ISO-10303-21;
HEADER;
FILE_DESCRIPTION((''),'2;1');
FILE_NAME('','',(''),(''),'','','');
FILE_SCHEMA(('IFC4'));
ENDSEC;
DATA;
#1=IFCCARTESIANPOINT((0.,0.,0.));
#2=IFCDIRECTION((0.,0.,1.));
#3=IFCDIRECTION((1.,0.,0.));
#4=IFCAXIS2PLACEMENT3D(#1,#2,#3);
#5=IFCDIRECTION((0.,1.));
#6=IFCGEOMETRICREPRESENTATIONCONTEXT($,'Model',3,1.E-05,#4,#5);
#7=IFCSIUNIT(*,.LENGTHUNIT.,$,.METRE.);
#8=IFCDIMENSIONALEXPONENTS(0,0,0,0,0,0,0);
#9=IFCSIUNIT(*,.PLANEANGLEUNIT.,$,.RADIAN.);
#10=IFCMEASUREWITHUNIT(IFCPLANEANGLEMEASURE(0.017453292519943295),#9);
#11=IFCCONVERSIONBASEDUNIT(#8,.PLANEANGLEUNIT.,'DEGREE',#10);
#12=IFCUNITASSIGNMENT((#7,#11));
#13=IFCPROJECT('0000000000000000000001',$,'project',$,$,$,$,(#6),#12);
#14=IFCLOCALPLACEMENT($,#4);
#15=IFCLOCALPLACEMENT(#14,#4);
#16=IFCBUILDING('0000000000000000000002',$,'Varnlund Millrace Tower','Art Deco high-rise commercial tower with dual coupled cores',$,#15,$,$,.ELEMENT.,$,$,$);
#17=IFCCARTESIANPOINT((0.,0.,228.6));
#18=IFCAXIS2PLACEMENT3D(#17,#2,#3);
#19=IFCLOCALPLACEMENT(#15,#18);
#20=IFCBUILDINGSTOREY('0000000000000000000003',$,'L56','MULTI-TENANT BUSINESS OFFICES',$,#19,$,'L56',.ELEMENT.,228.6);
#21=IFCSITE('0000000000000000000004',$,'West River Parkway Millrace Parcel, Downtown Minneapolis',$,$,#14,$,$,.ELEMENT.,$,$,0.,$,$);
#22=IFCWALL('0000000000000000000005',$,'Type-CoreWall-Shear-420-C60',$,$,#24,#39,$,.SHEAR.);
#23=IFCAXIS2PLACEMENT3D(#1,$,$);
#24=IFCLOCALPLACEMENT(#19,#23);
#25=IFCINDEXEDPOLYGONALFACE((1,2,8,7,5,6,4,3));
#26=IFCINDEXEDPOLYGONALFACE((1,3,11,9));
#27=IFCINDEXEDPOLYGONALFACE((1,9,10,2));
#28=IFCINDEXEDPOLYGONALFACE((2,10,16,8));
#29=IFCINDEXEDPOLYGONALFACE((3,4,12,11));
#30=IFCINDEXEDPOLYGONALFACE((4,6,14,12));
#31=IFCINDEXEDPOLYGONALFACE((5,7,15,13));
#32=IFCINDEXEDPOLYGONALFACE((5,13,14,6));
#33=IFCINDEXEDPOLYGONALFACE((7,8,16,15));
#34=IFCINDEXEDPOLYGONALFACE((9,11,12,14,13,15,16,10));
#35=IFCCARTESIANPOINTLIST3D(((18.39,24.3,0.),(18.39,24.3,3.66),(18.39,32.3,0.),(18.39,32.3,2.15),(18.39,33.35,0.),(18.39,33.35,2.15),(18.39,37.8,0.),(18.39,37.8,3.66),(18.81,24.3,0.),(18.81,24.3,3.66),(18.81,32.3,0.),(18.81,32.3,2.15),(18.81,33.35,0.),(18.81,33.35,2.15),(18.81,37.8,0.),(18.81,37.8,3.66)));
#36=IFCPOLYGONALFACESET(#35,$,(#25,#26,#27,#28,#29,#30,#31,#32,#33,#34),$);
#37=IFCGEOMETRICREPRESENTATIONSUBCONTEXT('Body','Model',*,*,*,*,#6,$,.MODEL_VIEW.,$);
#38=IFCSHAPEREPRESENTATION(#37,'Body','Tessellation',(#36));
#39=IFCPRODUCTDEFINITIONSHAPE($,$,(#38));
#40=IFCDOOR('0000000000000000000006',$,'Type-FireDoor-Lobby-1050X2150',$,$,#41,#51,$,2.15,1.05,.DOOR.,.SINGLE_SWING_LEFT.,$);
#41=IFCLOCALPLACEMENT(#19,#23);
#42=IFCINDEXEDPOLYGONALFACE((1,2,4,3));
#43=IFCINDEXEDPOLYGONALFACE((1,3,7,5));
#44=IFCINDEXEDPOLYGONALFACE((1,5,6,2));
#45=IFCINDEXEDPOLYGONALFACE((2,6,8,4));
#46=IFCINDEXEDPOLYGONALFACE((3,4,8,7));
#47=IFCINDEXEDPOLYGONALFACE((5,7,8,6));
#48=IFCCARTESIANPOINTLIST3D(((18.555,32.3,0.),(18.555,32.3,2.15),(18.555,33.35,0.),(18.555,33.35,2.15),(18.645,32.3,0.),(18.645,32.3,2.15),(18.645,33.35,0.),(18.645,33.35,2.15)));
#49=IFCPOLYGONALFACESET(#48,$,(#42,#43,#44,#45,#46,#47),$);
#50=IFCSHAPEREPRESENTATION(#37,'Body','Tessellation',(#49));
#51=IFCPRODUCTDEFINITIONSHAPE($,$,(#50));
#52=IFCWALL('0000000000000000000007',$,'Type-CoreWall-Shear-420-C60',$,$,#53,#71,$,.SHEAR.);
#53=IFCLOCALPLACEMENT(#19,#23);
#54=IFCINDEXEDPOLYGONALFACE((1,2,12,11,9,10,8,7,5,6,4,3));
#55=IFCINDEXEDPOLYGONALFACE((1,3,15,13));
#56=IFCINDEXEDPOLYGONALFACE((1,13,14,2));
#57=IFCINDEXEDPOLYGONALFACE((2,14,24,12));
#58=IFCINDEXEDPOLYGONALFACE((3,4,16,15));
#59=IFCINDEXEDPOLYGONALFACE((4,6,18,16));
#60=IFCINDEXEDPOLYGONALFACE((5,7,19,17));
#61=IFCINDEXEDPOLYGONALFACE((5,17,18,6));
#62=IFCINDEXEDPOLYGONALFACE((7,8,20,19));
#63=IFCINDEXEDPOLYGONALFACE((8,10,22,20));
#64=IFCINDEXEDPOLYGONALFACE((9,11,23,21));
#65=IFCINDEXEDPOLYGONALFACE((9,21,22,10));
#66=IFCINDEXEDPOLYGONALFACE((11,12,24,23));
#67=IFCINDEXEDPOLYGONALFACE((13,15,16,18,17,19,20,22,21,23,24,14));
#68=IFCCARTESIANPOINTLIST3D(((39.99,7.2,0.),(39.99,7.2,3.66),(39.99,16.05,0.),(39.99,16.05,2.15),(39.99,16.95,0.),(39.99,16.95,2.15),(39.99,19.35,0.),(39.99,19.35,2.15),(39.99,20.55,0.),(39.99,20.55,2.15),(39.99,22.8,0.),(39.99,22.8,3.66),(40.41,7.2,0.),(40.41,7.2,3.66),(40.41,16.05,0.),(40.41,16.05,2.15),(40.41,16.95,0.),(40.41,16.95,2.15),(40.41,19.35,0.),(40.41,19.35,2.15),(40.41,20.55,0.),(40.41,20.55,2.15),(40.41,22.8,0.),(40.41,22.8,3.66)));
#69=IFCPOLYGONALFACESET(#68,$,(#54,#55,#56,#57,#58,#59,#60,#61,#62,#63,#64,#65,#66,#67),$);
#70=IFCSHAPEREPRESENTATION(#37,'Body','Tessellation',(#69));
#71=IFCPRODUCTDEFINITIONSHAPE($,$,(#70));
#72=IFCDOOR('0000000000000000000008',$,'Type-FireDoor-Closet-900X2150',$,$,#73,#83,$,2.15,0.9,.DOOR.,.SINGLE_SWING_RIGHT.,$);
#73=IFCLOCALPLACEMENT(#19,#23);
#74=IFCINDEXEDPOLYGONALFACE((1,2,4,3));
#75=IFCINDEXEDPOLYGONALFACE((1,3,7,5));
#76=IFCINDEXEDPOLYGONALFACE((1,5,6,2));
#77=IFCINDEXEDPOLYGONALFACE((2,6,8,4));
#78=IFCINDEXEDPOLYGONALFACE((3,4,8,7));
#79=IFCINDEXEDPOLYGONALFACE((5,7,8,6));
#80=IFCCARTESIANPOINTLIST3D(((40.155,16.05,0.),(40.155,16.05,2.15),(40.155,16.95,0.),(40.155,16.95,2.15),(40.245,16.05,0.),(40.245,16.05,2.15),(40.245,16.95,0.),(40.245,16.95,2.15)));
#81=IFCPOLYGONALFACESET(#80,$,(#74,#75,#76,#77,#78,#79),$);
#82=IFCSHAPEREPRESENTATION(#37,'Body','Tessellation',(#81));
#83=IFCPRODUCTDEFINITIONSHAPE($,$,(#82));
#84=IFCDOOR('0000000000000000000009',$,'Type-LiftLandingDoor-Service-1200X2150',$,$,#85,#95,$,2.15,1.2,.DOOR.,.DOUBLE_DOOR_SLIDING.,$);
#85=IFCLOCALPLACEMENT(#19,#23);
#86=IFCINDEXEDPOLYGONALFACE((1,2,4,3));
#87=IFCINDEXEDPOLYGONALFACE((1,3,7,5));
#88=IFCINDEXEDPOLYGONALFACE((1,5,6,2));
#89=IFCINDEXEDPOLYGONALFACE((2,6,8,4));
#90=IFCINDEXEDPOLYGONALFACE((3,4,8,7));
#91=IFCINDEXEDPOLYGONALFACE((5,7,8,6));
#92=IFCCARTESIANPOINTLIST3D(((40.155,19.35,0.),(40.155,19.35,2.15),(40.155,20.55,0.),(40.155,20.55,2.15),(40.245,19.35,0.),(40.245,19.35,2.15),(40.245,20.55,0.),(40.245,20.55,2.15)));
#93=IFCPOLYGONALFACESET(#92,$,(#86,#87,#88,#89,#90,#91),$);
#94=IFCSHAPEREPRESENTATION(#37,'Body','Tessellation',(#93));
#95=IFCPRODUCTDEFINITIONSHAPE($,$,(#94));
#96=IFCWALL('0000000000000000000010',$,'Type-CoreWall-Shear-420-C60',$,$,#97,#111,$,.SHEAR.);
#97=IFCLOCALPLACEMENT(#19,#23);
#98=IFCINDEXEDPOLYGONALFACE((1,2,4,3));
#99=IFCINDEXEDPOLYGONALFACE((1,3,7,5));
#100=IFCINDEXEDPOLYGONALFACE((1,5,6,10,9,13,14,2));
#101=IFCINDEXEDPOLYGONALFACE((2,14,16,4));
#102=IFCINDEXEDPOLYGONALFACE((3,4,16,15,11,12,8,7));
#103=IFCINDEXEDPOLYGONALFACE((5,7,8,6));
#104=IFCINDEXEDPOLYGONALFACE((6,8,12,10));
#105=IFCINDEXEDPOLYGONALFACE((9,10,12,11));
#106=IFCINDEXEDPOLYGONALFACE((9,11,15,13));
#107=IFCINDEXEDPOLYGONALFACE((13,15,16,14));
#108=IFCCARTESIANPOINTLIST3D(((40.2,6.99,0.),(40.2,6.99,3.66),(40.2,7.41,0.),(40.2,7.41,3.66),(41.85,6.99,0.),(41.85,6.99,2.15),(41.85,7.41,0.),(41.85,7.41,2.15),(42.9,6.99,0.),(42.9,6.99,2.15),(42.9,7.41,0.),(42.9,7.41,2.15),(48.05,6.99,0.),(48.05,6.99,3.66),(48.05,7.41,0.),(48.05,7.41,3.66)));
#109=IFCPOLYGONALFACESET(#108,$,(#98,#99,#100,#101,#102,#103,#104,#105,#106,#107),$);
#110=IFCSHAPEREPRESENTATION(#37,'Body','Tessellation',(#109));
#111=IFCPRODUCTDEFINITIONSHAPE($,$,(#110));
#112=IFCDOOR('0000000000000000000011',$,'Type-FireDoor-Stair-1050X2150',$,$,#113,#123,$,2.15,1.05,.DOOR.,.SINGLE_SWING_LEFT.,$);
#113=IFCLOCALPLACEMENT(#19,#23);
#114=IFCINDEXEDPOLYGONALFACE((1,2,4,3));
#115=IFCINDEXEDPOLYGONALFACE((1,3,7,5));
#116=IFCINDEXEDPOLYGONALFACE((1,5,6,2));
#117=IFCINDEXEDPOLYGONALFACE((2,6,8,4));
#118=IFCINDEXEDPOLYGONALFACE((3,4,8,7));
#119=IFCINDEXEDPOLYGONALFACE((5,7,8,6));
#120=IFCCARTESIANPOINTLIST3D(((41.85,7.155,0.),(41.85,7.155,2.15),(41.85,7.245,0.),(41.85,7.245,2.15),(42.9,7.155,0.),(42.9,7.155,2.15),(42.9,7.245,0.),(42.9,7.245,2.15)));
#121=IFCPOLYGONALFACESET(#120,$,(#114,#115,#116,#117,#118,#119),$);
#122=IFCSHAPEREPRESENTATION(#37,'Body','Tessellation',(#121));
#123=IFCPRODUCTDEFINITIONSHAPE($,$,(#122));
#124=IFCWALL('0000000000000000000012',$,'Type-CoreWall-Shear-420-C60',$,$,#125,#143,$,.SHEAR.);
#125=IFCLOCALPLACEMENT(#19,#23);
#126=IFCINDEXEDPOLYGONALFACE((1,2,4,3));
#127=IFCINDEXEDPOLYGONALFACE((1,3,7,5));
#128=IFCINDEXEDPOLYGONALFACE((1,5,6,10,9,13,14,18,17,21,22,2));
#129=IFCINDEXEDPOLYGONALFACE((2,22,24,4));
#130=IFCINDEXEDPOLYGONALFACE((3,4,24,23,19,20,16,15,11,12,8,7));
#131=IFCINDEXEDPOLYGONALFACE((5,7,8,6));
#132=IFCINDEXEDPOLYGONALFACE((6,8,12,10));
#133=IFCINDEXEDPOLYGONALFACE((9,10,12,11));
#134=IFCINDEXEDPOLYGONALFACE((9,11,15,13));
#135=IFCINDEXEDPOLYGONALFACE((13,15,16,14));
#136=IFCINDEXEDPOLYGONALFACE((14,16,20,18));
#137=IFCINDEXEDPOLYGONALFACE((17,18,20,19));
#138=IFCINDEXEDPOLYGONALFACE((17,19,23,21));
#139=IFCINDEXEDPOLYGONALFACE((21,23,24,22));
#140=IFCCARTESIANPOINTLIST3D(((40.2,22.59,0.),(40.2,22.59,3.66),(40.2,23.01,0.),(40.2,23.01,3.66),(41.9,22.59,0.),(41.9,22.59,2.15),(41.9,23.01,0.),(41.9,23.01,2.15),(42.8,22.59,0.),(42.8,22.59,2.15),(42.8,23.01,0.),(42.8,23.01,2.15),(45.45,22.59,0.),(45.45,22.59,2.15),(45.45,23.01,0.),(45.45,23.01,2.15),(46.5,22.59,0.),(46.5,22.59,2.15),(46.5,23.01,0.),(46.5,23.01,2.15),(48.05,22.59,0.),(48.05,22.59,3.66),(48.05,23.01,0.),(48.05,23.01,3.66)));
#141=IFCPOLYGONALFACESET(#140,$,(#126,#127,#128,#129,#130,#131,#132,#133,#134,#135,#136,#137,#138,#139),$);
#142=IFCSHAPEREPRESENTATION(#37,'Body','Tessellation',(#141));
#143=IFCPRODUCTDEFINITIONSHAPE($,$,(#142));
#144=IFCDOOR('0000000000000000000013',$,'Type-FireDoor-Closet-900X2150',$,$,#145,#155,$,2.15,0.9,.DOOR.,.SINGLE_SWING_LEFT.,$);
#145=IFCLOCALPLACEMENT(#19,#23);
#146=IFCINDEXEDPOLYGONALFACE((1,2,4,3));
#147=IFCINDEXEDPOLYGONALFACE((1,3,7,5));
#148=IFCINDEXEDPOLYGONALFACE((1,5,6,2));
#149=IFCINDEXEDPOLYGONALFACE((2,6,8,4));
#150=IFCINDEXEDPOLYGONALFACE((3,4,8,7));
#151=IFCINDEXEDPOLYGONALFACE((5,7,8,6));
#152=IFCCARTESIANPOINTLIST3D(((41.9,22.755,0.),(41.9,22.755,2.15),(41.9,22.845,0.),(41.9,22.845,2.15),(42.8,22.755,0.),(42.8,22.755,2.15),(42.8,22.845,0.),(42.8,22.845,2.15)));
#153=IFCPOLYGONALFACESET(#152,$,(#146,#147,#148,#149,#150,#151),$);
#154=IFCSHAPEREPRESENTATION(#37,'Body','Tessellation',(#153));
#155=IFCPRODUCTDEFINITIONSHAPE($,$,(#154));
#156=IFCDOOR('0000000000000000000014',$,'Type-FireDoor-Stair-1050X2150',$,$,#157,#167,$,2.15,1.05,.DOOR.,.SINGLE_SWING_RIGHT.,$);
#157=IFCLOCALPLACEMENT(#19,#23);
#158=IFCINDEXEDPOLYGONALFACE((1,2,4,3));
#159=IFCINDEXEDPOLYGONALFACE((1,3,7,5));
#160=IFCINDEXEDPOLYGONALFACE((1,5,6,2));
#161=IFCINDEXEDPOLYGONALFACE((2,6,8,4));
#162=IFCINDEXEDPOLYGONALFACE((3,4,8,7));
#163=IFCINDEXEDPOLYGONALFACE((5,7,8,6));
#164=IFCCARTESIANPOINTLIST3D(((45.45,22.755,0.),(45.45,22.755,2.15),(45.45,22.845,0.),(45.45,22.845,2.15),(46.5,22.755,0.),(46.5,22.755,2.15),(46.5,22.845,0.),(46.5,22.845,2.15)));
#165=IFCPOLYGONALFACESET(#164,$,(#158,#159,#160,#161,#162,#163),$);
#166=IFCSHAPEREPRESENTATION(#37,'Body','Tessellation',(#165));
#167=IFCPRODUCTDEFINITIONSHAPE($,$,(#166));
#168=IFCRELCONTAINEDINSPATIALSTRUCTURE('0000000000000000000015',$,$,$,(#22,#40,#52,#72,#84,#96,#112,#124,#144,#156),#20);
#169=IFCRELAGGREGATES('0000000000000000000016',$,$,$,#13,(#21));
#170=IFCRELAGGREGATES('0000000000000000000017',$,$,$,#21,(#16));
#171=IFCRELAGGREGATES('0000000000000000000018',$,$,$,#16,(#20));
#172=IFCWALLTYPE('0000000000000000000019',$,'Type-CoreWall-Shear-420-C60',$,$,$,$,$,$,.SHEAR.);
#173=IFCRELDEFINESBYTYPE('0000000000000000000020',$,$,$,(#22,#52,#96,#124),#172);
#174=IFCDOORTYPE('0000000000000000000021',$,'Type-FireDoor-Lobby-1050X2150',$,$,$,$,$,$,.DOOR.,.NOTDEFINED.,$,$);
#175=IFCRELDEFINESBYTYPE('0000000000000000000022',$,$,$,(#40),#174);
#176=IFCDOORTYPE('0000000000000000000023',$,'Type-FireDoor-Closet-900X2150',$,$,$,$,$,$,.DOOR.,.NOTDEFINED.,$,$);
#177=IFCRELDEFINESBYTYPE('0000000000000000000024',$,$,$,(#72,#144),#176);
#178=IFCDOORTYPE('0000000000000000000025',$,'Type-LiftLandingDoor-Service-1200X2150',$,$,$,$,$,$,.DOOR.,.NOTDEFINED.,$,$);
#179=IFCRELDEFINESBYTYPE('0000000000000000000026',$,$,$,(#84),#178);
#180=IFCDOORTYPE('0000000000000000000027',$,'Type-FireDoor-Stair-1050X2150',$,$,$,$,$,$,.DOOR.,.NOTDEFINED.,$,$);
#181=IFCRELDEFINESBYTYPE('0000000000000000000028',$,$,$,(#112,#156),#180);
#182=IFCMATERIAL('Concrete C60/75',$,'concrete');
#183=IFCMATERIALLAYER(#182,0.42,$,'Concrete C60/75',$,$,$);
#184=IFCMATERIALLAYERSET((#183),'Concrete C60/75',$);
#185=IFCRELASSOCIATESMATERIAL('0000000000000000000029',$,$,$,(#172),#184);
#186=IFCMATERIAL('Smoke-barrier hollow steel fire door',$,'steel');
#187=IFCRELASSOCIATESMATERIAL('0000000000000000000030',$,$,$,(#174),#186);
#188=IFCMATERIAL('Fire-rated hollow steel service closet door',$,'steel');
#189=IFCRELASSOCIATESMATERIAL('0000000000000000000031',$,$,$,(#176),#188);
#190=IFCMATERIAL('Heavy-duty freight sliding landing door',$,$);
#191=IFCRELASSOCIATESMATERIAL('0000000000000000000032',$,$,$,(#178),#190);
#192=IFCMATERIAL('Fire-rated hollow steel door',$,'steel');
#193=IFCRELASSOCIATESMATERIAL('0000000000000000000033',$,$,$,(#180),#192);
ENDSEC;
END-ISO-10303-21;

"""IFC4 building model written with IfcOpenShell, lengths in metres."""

from ifc_helpers import new_model, entity, si_unit, converted_unit, direction, frame, origin_with_axes, origin_2d_with_axis, place, context, subcontext, project, spatial, polyline, rectangle, outline, extrude, material, layer, layer_set, type_object, element, fill, save


model = new_model("IFC4")

# Units and contexts
model_context = context("Model", 3, precision=1e-05, world=origin_with_axes(), true_north=direction((0.0, 1.0)))
body_context = subcontext(model_context, "Body", "Model", "MODEL_VIEW")
ifc_project = project(units=[si_unit("LENGTHUNIT", "METRE"), converted_unit("PLANEANGLEUNIT", "DEGREE", entity("IfcPlaneAngleMeasure", 0.017453292519943295), si_unit("PLANEANGLEUNIT", "RADIAN"), dimensions=[0, 0, 0, 0, 0, 0, 0])], contexts=[model_context])

# Site, building, storey
site_placement = place(None, origin_with_axes())
site = spatial("IfcSite", under=ifc_project, at=site_placement, Name="West River Parkway Millrace Parcel, Downtown Minneapolis", CompositionType="ELEMENT", RefElevation=0.0)
building_placement = place(site_placement, origin_with_axes())
building = spatial("IfcBuilding", under=site, at=building_placement, Name="Varnlund Millrace Tower", Description="Art Deco high-rise commercial tower with dual coupled cores", CompositionType="ELEMENT")
storey_placement = place(building_placement, frame((0.0, 0.0, 228.6), z_axis=(0.0, 0.0, 1.0), x_axis=(1.0, 0.0, 0.0)))
storey = spatial("IfcBuildingStorey", under=building, at=storey_placement, Name="L56", Description="MULTI-TENANT BUSINESS OFFICES", LongName="L56", CompositionType="ELEMENT", Elevation=228.6)

# Wall, opening, door
ifc_material_1 = material(Name="Concrete C60/75", Category="concrete")
ifc_layer_1 = layer(ifc_material_1, 0.42, Name="Concrete C60/75")
ifc_layer_set_1 = layer_set([ifc_layer_1], Name="Concrete C60/75")
wall_type_1 = type_object("IfcWallType", Name="Type-CoreWall-Shear-420-C60", PredefinedType="SHEAR", material=ifc_layer_set_1)
wall_1_placement = place(storey_placement, frame((18.6, 24.3, 0.0), z_axis=(0.0, 0.0, 1.0), x_axis=(0.0, 1.0, 0.0)))
wall_1 = element("IfcWall", 1, at=wall_1_placement, inside=storey, type_object=wall_type_1, Name="Type-CoreWall-Shear-420-C60", PredefinedType="SHEAR", context=body_context, shape_type="SweptSolid", body=[
    extrude(outline(polyline([(0.0, -0.21), (13.5, -0.21), (13.5, 0.21), (0.0, 0.21), (0.0, -0.21)])), origin_with_axes(), (0.0, 0.0, 1.0), 3.66),
])
opening_1_placement = place(wall_1_placement, frame((8.525, 0.0, 0.0), z_axis=(0.0, 0.0, 1.0), x_axis=(1.0, 0.0, 0.0)))
opening_1 = element("IfcOpeningElement", 2, at=opening_1_placement, cuts=wall_1, PredefinedType="OPENING", context=body_context, shape_type="SweptSolid", body=[
    extrude(rectangle(XDim=1.05, YDim=0.44, at=origin_2d_with_axis()), origin_with_axes(), (0.0, 0.0, 1.0), 2.15),
])
ifc_material_2 = material(Name="Smoke-barrier hollow steel fire door", Category="steel")
door_type_1 = type_object("IfcDoorType", Name="Type-FireDoor-Lobby-1050X2150", OperationType="NOTDEFINED", PredefinedType="DOOR", material=ifc_material_2)
door_1_placement = place(wall_1_placement, frame((8.525, 0.0, 0.0), z_axis=(0.0, 0.0, 1.0), x_axis=(1.0, 0.0, 0.0)))
door_1 = element("IfcDoor", 3, at=door_1_placement, inside=storey, type_object=door_type_1, Name="Type-FireDoor-Lobby-1050X2150", OperationType="SINGLE_SWING_LEFT", OverallHeight=2.15, OverallWidth=1.05, PredefinedType="DOOR", context=body_context, shape_type="SweptSolid", body=[
    extrude(rectangle(XDim=1.05, YDim=0.09, at=origin_2d_with_axis()), origin_with_axes(), (0.0, 0.0, 1.0), 2.15),
])
fill(opening_1, door_1)

# Wall, openings, doors
wall_2_placement = place(storey_placement, frame((40.2, 7.2, 0.0), z_axis=(0.0, 0.0, 1.0), x_axis=(0.0, 1.0, 0.0)))
wall_2 = element("IfcWall", 4, at=wall_2_placement, inside=storey, type_object=wall_type_1, Name="Type-CoreWall-Shear-420-C60", PredefinedType="SHEAR", context=body_context, shape_type="SweptSolid", body=[
    extrude(outline(polyline([(0.0, -0.21), (15.6, -0.21), (15.6, 0.21), (0.0, 0.21), (0.0, -0.21)])), origin_with_axes(), (0.0, 0.0, 1.0), 3.66),
])
opening_2_placement = place(wall_2_placement, frame((12.75, 0.0, 0.0), z_axis=(0.0, 0.0, 1.0), x_axis=(1.0, 0.0, 0.0)))
opening_2 = element("IfcOpeningElement", 5, at=opening_2_placement, cuts=wall_2, PredefinedType="OPENING", context=body_context, shape_type="SweptSolid", body=[
    extrude(rectangle(XDim=1.2, YDim=0.44, at=origin_2d_with_axis()), origin_with_axes(), (0.0, 0.0, 1.0), 2.15),
])
opening_3_placement = place(wall_2_placement, frame((9.3, 0.0, 0.0), z_axis=(0.0, 0.0, 1.0), x_axis=(1.0, 0.0, 0.0)))
opening_3 = element("IfcOpeningElement", 6, at=opening_3_placement, cuts=wall_2, PredefinedType="OPENING", context=body_context, shape_type="SweptSolid", body=[
    extrude(rectangle(XDim=0.9, YDim=0.44, at=origin_2d_with_axis()), origin_with_axes(), (0.0, 0.0, 1.0), 2.15),
])
ifc_material_3 = material(Name="Fire-rated hollow steel service closet door", Category="steel")
door_type_2 = type_object("IfcDoorType", Name="Type-FireDoor-Closet-900X2150", OperationType="NOTDEFINED", PredefinedType="DOOR", material=ifc_material_3)
door_2_placement = place(wall_2_placement, frame((9.3, 0.0, 0.0), z_axis=(0.0, 0.0, 1.0), x_axis=(1.0, 0.0, 0.0)))
door_2 = element("IfcDoor", 7, at=door_2_placement, inside=storey, type_object=door_type_2, Name="Type-FireDoor-Closet-900X2150", OperationType="SINGLE_SWING_RIGHT", OverallHeight=2.15, OverallWidth=0.9, PredefinedType="DOOR", context=body_context, shape_type="SweptSolid", body=[
    extrude(rectangle(XDim=0.9, YDim=0.09, at=origin_2d_with_axis()), origin_with_axes(), (0.0, 0.0, 1.0), 2.15),
])
fill(opening_3, door_2)
ifc_material_4 = material(Name="Heavy-duty freight sliding landing door")
door_type_3 = type_object("IfcDoorType", Name="Type-LiftLandingDoor-Service-1200X2150", OperationType="NOTDEFINED", PredefinedType="DOOR", material=ifc_material_4)
door_3_placement = place(wall_2_placement, frame((12.75, 0.0, 0.0), z_axis=(0.0, 0.0, 1.0), x_axis=(1.0, 0.0, 0.0)))
door_3 = element("IfcDoor", 8, at=door_3_placement, inside=storey, type_object=door_type_3, Name="Type-LiftLandingDoor-Service-1200X2150", OperationType="DOUBLE_DOOR_SLIDING", OverallHeight=2.15, OverallWidth=1.2, PredefinedType="DOOR", context=body_context, shape_type="SweptSolid", body=[
    extrude(rectangle(XDim=1.2, YDim=0.09, at=origin_2d_with_axis()), origin_with_axes(), (0.0, 0.0, 1.0), 2.15),
])
fill(opening_2, door_3)

# Wall, opening, door
wall_3_placement = place(storey_placement, frame((40.2, 7.2, 0.0), z_axis=(0.0, 0.0, 1.0), x_axis=(1.0, 0.0, 0.0)))
wall_3 = element("IfcWall", 9, at=wall_3_placement, inside=storey, type_object=wall_type_1, Name="Type-CoreWall-Shear-420-C60", PredefinedType="SHEAR", context=body_context, shape_type="SweptSolid", body=[
    extrude(outline(polyline([(0.0, -0.21), (7.85, -0.21), (7.85, 0.21), (0.0, 0.21), (0.0, -0.21)])), origin_with_axes(), (0.0, 0.0, 1.0), 3.66),
])
opening_4_placement = place(wall_3_placement, frame((2.175, 0.0, 0.0), z_axis=(0.0, 0.0, 1.0), x_axis=(1.0, 0.0, 0.0)))
opening_4 = element("IfcOpeningElement", 10, at=opening_4_placement, cuts=wall_3, PredefinedType="OPENING", context=body_context, shape_type="SweptSolid", body=[
    extrude(rectangle(XDim=1.05, YDim=0.44, at=origin_2d_with_axis()), origin_with_axes(), (0.0, 0.0, 1.0), 2.15),
])
ifc_material_5 = material(Name="Fire-rated hollow steel door", Category="steel")
door_type_4 = type_object("IfcDoorType", Name="Type-FireDoor-Stair-1050X2150", OperationType="NOTDEFINED", PredefinedType="DOOR", material=ifc_material_5)
door_4_placement = place(wall_3_placement, frame((2.175, 0.0, 0.0), z_axis=(0.0, 0.0, 1.0), x_axis=(1.0, 0.0, 0.0)))
door_4 = element("IfcDoor", 11, at=door_4_placement, inside=storey, type_object=door_type_4, Name="Type-FireDoor-Stair-1050X2150", OperationType="SINGLE_SWING_LEFT", OverallHeight=2.15, OverallWidth=1.05, PredefinedType="DOOR", context=body_context, shape_type="SweptSolid", body=[
    extrude(rectangle(XDim=1.05, YDim=0.09, at=origin_2d_with_axis()), origin_with_axes(), (0.0, 0.0, 1.0), 2.15),
])
fill(opening_4, door_4)

# Wall, openings, doors
wall_4_placement = place(storey_placement, frame((40.2, 22.8, 0.0), z_axis=(0.0, 0.0, 1.0), x_axis=(1.0, 0.0, 0.0)))
wall_4 = element("IfcWall", 12, at=wall_4_placement, inside=storey, type_object=wall_type_1, Name="Type-CoreWall-Shear-420-C60", PredefinedType="SHEAR", context=body_context, shape_type="SweptSolid", body=[
    extrude(outline(polyline([(0.0, -0.21), (7.85, -0.21), (7.85, 0.21), (0.0, 0.21), (0.0, -0.21)])), origin_with_axes(), (0.0, 0.0, 1.0), 3.66),
])
opening_5_placement = place(wall_4_placement, frame((5.775, 0.0, 0.0), z_axis=(0.0, 0.0, 1.0), x_axis=(1.0, 0.0, 0.0)))
opening_5 = element("IfcOpeningElement", 13, at=opening_5_placement, cuts=wall_4, PredefinedType="OPENING", context=body_context, shape_type="SweptSolid", body=[
    extrude(rectangle(XDim=1.05, YDim=0.44, at=origin_2d_with_axis()), origin_with_axes(), (0.0, 0.0, 1.0), 2.15),
])
opening_6_placement = place(wall_4_placement, frame((2.15, 0.0, 0.0), z_axis=(0.0, 0.0, 1.0), x_axis=(1.0, 0.0, 0.0)))
opening_6 = element("IfcOpeningElement", 14, at=opening_6_placement, cuts=wall_4, PredefinedType="OPENING", context=body_context, shape_type="SweptSolid", body=[
    extrude(rectangle(XDim=0.9, YDim=0.44, at=origin_2d_with_axis()), origin_with_axes(), (0.0, 0.0, 1.0), 2.15),
])
door_5_placement = place(wall_4_placement, frame((2.15, 0.0, 0.0), z_axis=(0.0, 0.0, 1.0), x_axis=(1.0, 0.0, 0.0)))
door_5 = element("IfcDoor", 15, at=door_5_placement, inside=storey, type_object=door_type_2, Name="Type-FireDoor-Closet-900X2150", OperationType="SINGLE_SWING_LEFT", OverallHeight=2.15, OverallWidth=0.9, PredefinedType="DOOR", context=body_context, shape_type="SweptSolid", body=[
    extrude(rectangle(XDim=0.9, YDim=0.09, at=origin_2d_with_axis()), origin_with_axes(), (0.0, 0.0, 1.0), 2.15),
])
fill(opening_6, door_5)
door_6_placement = place(wall_4_placement, frame((5.775, 0.0, 0.0), z_axis=(0.0, 0.0, 1.0), x_axis=(1.0, 0.0, 0.0)))
door_6 = element("IfcDoor", 16, at=door_6_placement, inside=storey, type_object=door_type_4, Name="Type-FireDoor-Stair-1050X2150", OperationType="SINGLE_SWING_RIGHT", OverallHeight=2.15, OverallWidth=1.05, PredefinedType="DOOR", context=body_context, shape_type="SweptSolid", body=[
    extrude(rectangle(XDim=1.05, YDim=0.09, at=origin_2d_with_axis()), origin_with_axes(), (0.0, 0.0, 1.0), 2.15),
])
fill(opening_5, door_6)

save(model, "model.ifc")
